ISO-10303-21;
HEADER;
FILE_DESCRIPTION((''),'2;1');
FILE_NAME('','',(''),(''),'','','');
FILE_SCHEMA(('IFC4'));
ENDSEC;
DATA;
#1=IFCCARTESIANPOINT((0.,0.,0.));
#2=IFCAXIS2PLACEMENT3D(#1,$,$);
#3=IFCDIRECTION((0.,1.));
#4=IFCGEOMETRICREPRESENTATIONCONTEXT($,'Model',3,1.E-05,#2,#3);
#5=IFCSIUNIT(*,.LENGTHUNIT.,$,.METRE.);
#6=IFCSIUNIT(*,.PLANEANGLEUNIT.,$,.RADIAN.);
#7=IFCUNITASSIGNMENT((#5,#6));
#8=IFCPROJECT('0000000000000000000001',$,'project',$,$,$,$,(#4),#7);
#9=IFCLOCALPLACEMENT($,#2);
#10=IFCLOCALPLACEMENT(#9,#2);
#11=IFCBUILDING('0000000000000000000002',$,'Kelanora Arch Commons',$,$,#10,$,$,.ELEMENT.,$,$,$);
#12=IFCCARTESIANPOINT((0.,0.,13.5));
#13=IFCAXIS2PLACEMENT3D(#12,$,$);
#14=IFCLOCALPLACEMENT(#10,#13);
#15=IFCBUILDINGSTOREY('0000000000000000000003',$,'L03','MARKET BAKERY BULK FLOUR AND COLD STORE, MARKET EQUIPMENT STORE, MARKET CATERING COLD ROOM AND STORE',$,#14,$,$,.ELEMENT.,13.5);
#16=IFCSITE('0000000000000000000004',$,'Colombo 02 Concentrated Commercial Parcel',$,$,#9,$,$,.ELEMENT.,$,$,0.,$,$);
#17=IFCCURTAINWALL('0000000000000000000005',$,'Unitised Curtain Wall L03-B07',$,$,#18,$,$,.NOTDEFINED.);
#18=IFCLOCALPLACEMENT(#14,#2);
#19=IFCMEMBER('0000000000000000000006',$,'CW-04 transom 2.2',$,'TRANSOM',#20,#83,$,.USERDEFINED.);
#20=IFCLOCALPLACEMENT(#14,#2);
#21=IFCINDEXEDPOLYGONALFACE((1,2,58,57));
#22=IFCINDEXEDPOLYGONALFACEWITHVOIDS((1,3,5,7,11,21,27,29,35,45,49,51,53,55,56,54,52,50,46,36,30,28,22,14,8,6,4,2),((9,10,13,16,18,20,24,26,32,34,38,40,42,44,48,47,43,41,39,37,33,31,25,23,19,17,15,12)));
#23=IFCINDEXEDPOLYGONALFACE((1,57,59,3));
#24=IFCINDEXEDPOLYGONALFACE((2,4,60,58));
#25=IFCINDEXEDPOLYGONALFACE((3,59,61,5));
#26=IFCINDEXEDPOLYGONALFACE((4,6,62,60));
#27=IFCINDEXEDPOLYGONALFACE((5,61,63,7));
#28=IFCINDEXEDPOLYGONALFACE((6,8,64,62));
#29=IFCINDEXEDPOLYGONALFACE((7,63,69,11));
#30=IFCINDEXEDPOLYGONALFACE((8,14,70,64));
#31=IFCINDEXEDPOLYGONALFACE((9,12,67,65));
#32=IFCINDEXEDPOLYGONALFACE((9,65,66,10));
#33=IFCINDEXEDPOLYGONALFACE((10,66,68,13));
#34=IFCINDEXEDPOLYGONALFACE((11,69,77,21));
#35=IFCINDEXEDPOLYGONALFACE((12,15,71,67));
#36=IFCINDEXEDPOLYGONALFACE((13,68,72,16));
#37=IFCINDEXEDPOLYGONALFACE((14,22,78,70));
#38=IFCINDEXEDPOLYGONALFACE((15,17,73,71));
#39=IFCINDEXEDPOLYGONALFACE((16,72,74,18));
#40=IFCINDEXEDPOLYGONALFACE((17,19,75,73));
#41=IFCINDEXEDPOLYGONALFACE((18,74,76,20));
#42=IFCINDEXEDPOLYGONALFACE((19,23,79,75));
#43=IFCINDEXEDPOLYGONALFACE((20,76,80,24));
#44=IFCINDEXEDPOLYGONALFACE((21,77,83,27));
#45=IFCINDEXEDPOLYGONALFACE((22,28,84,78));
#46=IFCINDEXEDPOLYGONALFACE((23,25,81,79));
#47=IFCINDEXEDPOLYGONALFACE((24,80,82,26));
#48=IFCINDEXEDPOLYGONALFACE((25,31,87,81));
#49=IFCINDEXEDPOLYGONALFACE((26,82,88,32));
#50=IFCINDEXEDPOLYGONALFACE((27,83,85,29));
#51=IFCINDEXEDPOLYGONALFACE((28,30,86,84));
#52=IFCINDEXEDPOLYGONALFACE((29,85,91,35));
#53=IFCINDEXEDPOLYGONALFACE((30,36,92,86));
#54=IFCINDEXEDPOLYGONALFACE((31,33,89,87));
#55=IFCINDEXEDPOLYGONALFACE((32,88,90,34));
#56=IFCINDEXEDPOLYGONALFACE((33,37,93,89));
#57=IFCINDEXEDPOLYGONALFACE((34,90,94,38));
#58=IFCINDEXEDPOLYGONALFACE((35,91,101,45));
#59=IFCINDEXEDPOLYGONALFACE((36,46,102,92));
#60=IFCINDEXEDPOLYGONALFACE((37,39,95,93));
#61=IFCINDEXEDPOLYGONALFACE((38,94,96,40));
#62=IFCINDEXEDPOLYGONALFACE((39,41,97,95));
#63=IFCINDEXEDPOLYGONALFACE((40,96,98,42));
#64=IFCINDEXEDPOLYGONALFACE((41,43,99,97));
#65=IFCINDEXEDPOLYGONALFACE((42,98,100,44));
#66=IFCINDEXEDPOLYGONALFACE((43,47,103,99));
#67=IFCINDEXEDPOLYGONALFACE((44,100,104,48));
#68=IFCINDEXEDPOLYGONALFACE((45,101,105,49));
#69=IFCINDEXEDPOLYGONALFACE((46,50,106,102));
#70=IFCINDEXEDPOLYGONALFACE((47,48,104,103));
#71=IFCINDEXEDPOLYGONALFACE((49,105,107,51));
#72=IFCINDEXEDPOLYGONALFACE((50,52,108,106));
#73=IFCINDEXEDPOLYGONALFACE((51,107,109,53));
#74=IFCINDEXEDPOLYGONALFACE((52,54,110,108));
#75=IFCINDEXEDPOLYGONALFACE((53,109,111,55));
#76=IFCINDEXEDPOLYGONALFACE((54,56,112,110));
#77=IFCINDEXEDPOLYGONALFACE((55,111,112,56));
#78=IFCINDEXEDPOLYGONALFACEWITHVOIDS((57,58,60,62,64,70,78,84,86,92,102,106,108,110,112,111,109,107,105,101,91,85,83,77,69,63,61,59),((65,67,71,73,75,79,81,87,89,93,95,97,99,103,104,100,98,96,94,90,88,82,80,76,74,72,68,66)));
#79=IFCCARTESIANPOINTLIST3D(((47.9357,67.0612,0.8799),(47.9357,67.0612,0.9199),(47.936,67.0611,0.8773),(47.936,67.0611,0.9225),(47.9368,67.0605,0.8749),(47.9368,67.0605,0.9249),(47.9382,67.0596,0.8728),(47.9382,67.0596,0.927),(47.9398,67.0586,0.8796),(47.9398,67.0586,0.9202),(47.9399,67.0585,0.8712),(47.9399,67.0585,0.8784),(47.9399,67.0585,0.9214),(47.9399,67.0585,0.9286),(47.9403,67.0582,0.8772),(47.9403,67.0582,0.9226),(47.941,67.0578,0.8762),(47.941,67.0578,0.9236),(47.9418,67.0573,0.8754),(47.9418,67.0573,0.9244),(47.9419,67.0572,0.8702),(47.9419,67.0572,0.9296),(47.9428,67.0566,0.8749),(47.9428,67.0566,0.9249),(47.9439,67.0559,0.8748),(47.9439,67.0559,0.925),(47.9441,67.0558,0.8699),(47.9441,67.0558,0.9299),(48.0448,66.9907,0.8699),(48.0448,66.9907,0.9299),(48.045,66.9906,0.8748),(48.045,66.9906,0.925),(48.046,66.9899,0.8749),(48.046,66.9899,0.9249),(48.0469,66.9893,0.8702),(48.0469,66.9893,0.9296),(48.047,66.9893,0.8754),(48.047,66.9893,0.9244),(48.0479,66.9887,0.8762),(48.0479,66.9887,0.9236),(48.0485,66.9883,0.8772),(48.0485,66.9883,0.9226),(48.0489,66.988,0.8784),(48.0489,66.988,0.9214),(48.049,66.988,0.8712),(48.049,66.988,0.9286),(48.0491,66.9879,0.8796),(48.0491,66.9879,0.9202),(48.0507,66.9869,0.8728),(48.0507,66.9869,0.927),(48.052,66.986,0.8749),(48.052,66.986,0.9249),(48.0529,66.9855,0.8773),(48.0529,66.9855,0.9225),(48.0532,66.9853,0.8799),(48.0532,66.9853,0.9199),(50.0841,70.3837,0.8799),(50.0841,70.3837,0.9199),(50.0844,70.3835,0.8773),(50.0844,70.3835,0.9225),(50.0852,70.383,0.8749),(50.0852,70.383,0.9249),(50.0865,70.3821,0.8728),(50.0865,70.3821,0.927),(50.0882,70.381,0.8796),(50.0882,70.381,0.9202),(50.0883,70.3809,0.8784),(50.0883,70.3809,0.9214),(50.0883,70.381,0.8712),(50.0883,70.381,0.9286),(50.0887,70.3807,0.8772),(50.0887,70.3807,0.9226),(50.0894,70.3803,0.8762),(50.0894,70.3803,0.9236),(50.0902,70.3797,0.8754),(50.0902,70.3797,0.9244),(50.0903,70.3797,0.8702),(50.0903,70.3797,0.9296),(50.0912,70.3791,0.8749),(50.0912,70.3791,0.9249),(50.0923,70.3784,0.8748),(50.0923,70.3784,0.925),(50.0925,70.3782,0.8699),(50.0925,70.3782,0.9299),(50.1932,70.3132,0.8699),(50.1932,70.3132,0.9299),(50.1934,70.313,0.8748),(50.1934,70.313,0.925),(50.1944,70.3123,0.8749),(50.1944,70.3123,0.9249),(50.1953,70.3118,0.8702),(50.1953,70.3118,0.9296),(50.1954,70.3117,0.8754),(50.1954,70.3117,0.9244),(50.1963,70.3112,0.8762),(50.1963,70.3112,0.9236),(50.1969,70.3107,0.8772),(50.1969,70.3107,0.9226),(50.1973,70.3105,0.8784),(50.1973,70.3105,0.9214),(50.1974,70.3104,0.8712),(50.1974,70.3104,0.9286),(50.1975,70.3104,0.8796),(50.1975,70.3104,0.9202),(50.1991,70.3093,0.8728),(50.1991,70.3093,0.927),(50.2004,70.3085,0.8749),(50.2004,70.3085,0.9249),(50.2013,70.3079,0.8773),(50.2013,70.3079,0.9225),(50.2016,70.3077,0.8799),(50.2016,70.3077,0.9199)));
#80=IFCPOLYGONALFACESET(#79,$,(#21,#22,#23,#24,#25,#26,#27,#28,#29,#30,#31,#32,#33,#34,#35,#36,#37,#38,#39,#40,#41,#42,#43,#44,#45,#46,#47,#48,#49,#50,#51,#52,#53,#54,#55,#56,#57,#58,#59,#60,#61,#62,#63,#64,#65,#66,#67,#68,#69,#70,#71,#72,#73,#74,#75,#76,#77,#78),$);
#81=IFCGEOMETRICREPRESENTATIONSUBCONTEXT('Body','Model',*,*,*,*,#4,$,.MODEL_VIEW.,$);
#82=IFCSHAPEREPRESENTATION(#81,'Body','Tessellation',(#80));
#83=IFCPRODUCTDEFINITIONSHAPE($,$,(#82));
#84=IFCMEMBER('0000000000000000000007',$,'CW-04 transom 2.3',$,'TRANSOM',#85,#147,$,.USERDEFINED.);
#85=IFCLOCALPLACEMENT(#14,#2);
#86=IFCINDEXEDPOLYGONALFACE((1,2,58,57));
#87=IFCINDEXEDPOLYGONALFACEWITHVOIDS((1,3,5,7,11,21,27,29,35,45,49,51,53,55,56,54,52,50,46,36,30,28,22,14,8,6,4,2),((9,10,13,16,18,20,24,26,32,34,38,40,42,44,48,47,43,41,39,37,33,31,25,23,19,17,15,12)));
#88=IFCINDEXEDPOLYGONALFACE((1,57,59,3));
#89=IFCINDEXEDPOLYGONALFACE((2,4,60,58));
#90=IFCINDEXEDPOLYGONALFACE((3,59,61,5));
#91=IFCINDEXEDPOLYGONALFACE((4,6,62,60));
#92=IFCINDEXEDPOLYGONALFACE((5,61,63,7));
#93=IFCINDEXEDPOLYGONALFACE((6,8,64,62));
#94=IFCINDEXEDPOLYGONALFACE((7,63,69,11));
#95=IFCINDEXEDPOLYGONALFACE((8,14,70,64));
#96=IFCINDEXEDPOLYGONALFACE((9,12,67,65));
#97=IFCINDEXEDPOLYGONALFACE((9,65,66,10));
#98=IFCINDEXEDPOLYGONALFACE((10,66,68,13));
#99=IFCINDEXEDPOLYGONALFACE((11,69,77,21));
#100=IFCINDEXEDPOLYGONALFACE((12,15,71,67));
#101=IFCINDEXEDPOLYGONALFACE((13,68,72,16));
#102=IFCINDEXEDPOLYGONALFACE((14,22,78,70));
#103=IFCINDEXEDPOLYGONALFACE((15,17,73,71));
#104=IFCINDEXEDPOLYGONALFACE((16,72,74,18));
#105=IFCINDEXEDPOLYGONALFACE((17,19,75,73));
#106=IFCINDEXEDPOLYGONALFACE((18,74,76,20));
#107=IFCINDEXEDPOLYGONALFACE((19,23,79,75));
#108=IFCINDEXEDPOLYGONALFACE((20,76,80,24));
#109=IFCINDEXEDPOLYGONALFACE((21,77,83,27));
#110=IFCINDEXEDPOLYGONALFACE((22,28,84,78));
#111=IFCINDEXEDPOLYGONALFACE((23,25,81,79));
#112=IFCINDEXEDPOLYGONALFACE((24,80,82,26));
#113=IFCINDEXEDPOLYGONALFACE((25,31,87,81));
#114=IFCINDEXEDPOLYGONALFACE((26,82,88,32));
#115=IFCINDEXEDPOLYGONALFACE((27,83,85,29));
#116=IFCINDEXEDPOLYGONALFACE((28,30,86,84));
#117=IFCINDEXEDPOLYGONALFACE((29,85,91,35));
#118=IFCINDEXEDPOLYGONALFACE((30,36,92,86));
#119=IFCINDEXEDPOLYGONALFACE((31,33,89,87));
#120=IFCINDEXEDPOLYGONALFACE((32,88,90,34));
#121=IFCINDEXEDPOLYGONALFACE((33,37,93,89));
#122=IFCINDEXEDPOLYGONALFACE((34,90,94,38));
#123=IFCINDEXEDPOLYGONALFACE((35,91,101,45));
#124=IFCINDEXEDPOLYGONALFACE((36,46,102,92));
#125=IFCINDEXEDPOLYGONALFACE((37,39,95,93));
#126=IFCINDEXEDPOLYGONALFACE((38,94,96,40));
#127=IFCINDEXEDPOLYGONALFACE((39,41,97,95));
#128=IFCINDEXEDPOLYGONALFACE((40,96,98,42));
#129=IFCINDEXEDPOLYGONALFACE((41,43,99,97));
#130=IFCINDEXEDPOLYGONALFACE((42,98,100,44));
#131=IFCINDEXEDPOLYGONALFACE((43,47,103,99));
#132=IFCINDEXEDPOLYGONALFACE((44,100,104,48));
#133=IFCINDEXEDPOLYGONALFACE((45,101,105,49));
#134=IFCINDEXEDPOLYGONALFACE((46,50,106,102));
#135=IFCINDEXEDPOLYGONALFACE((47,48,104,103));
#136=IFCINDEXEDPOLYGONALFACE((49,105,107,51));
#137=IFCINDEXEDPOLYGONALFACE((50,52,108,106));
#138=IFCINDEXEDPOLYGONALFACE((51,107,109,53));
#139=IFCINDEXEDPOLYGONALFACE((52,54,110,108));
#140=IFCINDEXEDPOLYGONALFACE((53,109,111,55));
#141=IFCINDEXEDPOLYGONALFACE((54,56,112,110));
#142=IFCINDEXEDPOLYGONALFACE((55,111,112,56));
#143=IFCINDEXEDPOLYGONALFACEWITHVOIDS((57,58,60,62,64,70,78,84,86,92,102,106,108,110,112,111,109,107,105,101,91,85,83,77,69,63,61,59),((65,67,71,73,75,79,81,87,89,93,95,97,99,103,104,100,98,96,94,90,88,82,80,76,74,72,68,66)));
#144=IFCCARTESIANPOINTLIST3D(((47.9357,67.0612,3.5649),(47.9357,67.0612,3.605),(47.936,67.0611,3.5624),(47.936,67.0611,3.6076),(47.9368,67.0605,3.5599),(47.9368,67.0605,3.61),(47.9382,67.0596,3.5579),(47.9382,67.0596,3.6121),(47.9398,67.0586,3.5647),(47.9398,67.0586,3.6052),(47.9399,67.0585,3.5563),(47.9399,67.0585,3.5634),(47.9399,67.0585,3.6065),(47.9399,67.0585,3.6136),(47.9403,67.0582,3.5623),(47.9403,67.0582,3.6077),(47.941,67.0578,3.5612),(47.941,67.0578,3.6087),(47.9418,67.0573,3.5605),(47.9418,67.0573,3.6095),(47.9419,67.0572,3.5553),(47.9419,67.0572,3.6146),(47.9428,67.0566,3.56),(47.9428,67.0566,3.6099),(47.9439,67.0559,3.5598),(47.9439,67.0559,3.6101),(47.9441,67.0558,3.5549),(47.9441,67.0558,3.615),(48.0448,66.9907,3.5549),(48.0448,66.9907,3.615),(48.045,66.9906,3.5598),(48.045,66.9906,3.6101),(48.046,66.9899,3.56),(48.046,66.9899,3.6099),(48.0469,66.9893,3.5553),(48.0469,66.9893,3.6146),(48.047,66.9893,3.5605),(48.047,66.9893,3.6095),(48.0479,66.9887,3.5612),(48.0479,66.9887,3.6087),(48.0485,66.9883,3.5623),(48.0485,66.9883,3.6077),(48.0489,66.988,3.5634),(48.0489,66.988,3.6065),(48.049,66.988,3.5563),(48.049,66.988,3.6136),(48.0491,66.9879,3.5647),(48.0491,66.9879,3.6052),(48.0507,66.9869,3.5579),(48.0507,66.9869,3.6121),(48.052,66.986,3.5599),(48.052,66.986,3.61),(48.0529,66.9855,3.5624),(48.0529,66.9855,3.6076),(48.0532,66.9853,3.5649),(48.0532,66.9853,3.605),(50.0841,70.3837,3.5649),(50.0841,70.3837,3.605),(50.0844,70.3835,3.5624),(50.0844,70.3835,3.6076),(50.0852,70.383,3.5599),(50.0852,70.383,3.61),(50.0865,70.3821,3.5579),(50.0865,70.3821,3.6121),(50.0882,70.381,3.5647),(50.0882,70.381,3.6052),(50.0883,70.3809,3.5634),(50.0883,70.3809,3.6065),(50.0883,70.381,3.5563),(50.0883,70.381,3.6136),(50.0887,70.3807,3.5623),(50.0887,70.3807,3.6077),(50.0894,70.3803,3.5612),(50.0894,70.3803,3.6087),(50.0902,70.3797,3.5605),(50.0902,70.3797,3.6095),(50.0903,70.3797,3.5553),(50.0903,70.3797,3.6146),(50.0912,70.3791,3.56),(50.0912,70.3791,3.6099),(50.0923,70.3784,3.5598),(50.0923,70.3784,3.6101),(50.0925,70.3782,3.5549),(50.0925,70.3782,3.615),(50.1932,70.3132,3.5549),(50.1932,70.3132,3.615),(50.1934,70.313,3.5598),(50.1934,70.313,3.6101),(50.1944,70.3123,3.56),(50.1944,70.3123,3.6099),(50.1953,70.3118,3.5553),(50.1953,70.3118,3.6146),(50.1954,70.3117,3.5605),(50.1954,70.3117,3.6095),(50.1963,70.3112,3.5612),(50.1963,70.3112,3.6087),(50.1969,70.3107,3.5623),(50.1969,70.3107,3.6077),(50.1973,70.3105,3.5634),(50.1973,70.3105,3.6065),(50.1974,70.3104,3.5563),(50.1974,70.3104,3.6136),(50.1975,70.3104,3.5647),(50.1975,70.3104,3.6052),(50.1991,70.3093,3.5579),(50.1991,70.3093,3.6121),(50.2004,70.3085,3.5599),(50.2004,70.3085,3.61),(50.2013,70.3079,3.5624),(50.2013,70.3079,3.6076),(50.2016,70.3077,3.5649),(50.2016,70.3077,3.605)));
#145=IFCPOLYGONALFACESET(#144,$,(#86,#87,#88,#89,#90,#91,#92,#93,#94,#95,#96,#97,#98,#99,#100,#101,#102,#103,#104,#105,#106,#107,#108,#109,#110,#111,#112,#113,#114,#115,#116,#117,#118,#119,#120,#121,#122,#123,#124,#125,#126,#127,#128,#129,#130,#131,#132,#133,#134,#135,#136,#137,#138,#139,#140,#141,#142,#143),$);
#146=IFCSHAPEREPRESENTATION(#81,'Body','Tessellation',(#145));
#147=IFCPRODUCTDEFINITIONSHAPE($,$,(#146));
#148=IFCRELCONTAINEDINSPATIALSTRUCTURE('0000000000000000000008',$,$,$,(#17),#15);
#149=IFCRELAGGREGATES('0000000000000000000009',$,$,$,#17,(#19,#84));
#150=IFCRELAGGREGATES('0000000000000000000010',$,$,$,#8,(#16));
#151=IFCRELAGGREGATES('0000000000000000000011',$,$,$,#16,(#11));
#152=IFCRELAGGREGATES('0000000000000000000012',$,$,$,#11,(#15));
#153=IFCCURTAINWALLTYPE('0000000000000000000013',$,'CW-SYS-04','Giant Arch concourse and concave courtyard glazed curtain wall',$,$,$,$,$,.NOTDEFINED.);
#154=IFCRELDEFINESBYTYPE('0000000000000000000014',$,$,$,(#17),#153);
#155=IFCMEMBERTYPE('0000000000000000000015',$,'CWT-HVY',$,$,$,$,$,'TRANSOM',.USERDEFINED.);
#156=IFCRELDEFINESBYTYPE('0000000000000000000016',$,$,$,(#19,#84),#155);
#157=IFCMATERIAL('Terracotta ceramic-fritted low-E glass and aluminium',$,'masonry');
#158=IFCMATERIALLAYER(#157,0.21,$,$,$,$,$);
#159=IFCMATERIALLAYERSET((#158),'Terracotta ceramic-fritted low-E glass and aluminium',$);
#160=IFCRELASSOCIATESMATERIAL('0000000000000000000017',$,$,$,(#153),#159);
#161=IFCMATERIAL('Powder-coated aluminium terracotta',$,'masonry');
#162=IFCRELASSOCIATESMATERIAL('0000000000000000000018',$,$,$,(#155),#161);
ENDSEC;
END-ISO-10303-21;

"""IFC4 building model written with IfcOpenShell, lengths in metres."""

from ifc_helpers import new_model, si_unit, direction, frame, origin, origin_2d, place, context, subcontext, project, spatial, hollow_rectangle, extrude, material, layer, layer_set, material_profile, profile_set, type_object, element, aggregate, save


model = new_model("IFC4")

# Units and contexts
model_context = context("Model", 3, precision=1e-05, world=origin(), true_north=direction((0.0, 1.0)))
body_context = subcontext(model_context, "Body", "Model", "MODEL_VIEW")
ifc_project = project(units=[si_unit("LENGTHUNIT", "METRE"), si_unit("PLANEANGLEUNIT", "RADIAN")], contexts=[model_context])

# Site, building, storey
site_placement = place(None, origin())
site = spatial("IfcSite", under=ifc_project, at=site_placement, Name="Colombo 02 Concentrated Commercial Parcel", CompositionType="ELEMENT", RefElevation=0.0)
building_placement = place(site_placement, origin())
building = spatial("IfcBuilding", under=site, at=building_placement, Name="Kelanora Arch Commons", CompositionType="ELEMENT")
storey_placement = place(building_placement, frame((0.0, 0.0, 13.5)))
storey = spatial("IfcBuildingStorey", under=building, at=storey_placement, Name="L03", Description="MARKET BAKERY BULK FLOUR AND COLD STORE, MARKET EQUIPMENT STORE, MARKET CATERING COLD ROOM AND STORE", CompositionType="ELEMENT", Elevation=13.5)

# Curtain wall, members
ifc_material_1 = material(Name="Terracotta ceramic-fritted low-E glass and aluminium", Category="masonry")
ifc_layer_1 = layer(ifc_material_1, 0.21)
ifc_layer_set_1 = layer_set([ifc_layer_1], Name="Terracotta ceramic-fritted low-E glass and aluminium")
curtain_wall_type = type_object("IfcCurtainWallType", Name="CW-SYS-04", Description="Giant Arch concourse and concave courtyard glazed curtain wall", PredefinedType="NOTDEFINED", material=ifc_layer_set_1)
curtain_wall_placement = place(storey_placement, origin())
curtain_wall = element("IfcCurtainWall", 1, at=curtain_wall_placement, inside=storey, type_object=curtain_wall_type, Name="Unitised Curtain Wall L03-B07", PredefinedType="NOTDEFINED")
ifc_material_2 = material(Name="Powder-coated aluminium terracotta", Category="masonry")
ifc_material_profile_1 = material_profile(ifc_material_2, hollow_rectangle(XDim=0.1399, YDim=0.0601, WallThickness=0.0049, InnerFilletRadius=0.0049, OuterFilletRadius=0.01, at=origin_2d()), Name="CWT140x60")
ifc_profile_set_1 = profile_set([ifc_material_profile_1], Name="Powder-coated aluminium terracotta")
member_type_1 = type_object("IfcMemberType", Name="CWT-HVY", ElementType="TRANSOM", PredefinedType="USERDEFINED", material=ifc_profile_set_1)
member_1_placement = place(storey_placement, frame((50.1428, 70.3457, 0.8999), z_axis=(-0.542998, -0.839734, 0.0), x_axis=(0.839734, -0.542998, 0.0)))
member_1 = element("IfcMember", 2, at=member_1_placement, type_object=member_type_1, Name="CW-04 transom 2.2", ObjectType="TRANSOM", PredefinedType="USERDEFINED", context=body_context, shape_type="SweptSolid", body=[
    extrude(hollow_rectangle(XDim=0.1399, YDim=0.0601, WallThickness=0.0049, InnerFilletRadius=0.0049, OuterFilletRadius=0.01, at=origin_2d()), origin(), (0.0, 0.0, 1.0), 3.9565),
])
member_2_placement = place(storey_placement, frame((50.1428, 70.3457, 3.585), z_axis=(-0.542998, -0.839734, 0.0), x_axis=(0.839734, -0.542998, 0.0)))
member_2 = element("IfcMember", 3, at=member_2_placement, type_object=member_type_1, Name="CW-04 transom 2.3", ObjectType="TRANSOM", PredefinedType="USERDEFINED", context=body_context, shape_type="SweptSolid", body=[
    extrude(hollow_rectangle(XDim=0.1399, YDim=0.0601, WallThickness=0.0049, InnerFilletRadius=0.0049, OuterFilletRadius=0.01, at=origin_2d()), origin(), (0.0, 0.0, 1.0), 3.9565),
])
aggregate(curtain_wall, [member_1, member_2])

save(model, "model.ifc")
